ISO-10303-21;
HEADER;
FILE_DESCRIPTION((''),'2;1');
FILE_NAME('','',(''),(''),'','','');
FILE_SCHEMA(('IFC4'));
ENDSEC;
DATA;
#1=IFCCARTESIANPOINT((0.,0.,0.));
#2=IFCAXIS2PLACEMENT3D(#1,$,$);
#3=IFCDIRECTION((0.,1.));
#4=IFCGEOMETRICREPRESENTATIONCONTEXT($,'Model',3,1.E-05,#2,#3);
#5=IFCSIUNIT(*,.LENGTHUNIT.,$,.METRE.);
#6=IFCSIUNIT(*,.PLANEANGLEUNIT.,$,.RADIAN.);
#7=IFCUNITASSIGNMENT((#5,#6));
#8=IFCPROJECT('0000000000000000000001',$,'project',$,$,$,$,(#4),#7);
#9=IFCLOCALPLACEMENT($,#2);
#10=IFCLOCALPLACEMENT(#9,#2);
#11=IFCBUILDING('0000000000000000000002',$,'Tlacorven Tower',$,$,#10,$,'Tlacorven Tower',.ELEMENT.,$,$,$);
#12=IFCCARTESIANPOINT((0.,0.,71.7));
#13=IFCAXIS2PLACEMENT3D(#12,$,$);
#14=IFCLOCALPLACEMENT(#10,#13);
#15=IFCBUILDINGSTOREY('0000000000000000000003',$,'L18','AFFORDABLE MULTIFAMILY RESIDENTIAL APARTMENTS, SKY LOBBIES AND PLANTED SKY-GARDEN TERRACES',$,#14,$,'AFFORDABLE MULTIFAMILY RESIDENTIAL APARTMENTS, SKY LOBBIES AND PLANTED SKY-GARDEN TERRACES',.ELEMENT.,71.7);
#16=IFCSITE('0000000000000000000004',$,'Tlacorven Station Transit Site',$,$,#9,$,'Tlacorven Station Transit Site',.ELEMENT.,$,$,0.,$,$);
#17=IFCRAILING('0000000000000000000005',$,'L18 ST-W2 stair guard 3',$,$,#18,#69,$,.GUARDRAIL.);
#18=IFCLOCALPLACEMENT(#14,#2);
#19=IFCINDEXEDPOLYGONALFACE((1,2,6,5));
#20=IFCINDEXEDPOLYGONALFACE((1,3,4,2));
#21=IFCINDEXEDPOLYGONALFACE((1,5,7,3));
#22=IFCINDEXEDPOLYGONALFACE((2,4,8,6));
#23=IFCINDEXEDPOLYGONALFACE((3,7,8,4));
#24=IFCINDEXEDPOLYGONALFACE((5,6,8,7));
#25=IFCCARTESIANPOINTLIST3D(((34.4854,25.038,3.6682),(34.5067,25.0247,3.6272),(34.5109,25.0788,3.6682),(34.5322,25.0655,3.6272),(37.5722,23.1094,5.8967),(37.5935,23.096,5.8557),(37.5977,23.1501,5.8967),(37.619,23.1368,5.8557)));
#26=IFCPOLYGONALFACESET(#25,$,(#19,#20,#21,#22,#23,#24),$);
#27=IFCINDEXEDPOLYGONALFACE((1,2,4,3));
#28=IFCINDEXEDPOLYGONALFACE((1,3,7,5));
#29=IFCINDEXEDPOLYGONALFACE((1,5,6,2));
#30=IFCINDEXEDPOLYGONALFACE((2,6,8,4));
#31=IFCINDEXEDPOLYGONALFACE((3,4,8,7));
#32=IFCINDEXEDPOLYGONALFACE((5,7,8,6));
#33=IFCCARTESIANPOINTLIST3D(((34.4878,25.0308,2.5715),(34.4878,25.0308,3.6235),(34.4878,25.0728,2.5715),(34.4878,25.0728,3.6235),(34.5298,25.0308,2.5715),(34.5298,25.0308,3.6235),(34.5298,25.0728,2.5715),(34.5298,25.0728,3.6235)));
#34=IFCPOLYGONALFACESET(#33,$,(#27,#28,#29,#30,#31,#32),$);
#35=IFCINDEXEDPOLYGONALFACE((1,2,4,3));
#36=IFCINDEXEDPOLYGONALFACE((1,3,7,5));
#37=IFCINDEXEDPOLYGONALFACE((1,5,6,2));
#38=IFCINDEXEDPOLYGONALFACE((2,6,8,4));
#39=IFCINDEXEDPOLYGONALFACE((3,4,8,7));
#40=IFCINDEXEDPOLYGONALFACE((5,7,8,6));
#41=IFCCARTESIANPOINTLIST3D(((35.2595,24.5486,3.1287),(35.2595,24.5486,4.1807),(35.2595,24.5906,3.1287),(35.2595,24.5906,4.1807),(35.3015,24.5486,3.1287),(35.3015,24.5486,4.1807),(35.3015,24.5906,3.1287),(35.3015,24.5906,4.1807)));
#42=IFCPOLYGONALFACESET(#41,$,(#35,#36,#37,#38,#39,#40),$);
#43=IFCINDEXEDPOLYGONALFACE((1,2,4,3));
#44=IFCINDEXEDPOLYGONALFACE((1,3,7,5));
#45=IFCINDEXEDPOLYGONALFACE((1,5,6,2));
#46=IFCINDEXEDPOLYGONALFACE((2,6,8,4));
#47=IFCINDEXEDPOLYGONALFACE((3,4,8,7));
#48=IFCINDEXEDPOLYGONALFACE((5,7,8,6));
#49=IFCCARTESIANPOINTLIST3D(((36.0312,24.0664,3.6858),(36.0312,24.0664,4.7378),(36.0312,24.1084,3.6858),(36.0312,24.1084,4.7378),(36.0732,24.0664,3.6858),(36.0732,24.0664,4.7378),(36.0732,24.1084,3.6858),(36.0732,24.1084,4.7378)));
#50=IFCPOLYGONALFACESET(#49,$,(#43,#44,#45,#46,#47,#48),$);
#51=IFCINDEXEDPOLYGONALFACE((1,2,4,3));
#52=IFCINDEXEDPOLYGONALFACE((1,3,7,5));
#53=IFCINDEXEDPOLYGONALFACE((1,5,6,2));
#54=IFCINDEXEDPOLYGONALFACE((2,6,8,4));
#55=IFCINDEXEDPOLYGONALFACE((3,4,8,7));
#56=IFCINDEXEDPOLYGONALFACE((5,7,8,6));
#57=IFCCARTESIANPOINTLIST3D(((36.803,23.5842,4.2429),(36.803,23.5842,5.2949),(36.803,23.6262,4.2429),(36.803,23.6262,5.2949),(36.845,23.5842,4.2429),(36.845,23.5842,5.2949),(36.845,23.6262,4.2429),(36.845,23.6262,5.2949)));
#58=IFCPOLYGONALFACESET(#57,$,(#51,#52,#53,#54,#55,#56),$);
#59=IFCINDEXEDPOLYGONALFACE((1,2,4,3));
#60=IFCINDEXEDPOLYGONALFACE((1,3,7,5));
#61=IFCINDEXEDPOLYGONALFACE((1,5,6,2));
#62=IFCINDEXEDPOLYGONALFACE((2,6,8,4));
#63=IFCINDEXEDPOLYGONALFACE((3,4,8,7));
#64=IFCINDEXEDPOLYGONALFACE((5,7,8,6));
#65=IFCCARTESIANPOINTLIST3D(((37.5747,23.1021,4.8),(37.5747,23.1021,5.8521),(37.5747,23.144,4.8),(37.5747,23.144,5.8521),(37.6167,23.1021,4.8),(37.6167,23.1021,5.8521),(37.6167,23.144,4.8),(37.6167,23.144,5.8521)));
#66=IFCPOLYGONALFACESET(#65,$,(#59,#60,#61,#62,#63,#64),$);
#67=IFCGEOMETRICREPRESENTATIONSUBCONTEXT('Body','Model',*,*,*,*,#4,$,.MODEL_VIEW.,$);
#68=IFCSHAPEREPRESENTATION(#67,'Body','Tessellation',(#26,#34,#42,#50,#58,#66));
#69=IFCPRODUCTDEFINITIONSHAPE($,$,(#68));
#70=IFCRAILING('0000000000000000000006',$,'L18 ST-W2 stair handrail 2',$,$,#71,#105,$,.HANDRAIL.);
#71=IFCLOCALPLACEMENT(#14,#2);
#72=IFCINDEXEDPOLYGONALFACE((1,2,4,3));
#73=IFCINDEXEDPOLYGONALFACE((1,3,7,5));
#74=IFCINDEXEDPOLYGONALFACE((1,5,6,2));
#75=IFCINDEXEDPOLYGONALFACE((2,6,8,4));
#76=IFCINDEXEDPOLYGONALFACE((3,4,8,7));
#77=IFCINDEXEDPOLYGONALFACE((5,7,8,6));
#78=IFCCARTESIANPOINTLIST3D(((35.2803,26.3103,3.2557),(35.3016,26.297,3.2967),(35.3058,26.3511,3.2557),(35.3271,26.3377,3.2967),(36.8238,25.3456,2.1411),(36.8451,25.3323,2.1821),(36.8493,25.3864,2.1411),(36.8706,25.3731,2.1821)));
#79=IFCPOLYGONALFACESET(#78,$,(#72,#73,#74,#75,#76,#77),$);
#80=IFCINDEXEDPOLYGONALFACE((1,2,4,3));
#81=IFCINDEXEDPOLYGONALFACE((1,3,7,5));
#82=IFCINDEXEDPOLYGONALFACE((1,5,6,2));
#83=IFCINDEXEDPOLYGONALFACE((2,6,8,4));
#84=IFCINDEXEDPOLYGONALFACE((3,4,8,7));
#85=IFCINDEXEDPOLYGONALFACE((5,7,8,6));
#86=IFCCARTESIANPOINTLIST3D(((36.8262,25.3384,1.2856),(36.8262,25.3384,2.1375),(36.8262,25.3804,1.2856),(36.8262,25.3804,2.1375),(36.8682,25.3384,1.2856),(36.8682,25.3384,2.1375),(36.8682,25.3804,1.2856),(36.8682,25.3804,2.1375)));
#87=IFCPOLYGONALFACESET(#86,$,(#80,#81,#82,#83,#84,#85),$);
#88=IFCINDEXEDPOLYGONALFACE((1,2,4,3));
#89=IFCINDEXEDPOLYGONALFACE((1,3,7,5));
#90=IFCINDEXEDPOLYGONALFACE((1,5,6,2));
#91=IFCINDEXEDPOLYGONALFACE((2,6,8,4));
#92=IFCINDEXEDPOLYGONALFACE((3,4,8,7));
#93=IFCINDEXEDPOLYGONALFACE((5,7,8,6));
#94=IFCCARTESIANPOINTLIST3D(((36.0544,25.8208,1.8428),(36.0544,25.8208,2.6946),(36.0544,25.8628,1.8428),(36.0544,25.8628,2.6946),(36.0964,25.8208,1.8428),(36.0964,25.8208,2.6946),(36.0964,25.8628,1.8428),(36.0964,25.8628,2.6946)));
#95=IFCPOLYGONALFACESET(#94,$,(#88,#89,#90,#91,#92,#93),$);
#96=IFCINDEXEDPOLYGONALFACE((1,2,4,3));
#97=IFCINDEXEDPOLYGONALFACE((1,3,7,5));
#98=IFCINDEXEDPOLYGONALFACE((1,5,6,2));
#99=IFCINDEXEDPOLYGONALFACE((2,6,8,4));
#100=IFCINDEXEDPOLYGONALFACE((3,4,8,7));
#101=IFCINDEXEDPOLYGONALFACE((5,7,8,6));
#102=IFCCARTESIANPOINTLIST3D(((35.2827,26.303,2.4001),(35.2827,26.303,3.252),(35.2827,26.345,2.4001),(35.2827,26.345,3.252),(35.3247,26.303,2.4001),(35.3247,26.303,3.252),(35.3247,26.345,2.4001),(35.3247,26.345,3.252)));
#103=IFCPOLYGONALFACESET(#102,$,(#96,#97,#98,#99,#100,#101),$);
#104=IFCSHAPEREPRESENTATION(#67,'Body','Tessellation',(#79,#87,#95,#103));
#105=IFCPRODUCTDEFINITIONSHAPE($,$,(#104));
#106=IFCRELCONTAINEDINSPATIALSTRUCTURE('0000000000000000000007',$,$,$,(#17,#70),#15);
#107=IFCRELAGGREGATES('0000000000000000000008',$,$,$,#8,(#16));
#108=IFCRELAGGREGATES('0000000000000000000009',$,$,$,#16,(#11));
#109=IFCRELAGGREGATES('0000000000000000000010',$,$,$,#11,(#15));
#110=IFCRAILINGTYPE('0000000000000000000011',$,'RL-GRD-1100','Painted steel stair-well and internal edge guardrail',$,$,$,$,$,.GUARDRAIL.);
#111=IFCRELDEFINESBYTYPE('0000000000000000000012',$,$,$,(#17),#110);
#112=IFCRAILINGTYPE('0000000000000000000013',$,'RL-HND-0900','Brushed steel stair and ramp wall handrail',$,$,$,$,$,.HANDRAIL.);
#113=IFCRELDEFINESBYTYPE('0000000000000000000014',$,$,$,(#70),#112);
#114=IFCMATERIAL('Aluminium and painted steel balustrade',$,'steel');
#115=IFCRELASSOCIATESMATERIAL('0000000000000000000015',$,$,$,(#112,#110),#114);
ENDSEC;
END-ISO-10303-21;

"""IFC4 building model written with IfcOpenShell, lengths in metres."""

from ifc_helpers import new_model, si_unit, direction, frame, origin, origin_2d, place, context, subcontext, project, spatial, rectangle, extrude, source, transform, mapped, material, type_object, element, save


model = new_model("IFC4")

# Units and contexts
model_context = context("Model", 3, precision=1e-05, world=origin(), true_north=direction((0.0, 1.0)))
body_context = subcontext(model_context, "Body", "Model", "MODEL_VIEW")
ifc_project = project(units=[si_unit("LENGTHUNIT", "METRE"), si_unit("PLANEANGLEUNIT", "RADIAN")], contexts=[model_context])

# Site, building, storey
site_placement = place(None, origin())
site = spatial("IfcSite", under=ifc_project, at=site_placement, Name="Tlacorven Station Transit Site", LongName="Tlacorven Station Transit Site", CompositionType="ELEMENT", RefElevation=0.0)
building_placement = place(site_placement, origin())
building = spatial("IfcBuilding", under=site, at=building_placement, Name="Tlacorven Tower", LongName="Tlacorven Tower", CompositionType="ELEMENT")
storey_placement = place(building_placement, frame((0.0, 0.0, 71.7)))
storey = spatial("IfcBuildingStorey", under=building, at=storey_placement, Name="L18", Description="AFFORDABLE MULTIFAMILY RESIDENTIAL APARTMENTS, SKY LOBBIES AND PLANTED SKY-GARDEN TERRACES", LongName="AFFORDABLE MULTIFAMILY RESIDENTIAL APARTMENTS, SKY LOBBIES AND PLANTED SKY-GARDEN TERRACES", CompositionType="ELEMENT", Elevation=71.7)

# Railings
ifc_material_1 = material(Name="Aluminium and painted steel balustrade", Category="steel")
railing_type_1 = type_object("IfcRailingType", Name="RL-HND-0900", Description="Brushed steel stair and ramp wall handrail", PredefinedType="HANDRAIL", material=ifc_material_1)
railing_type_2 = type_object("IfcRailingType", Name="RL-GRD-1100", Description="Painted steel stair-well and internal edge guardrail", PredefinedType="GUARDRAIL", material=ifc_material_1)
shared_shape_1 = source(origin(), body_context, "Body", "SweptSolid", [
    extrude(rectangle(XDim=0.0481, YDim=0.0481, at=origin_2d()), frame((0.0, 0.0, 1.0762), z_axis=(0.723281, -0.451908, 0.522153), x_axis=(0.529878, 0.848074, 0.0)), (0.0, 0.0, 1.0), 4.2678),
    extrude(rectangle(XDim=0.042, YDim=0.042, at=origin_2d()), origin(), (0.0, 0.0, 1.0), 1.052),
    extrude(rectangle(XDim=0.042, YDim=0.042, at=origin_2d()), frame((0.7717, -0.4822, 0.5571)), (0.0, 0.0, 1.0), 1.052),
    extrude(rectangle(XDim=0.042, YDim=0.042, at=origin_2d()), frame((1.5435, -0.9644, 1.1143)), (0.0, 0.0, 1.0), 1.052),
    extrude(rectangle(XDim=0.042, YDim=0.042, at=origin_2d()), frame((2.3152, -1.4465, 1.6714)), (0.0, 0.0, 1.0), 1.052),
    extrude(rectangle(XDim=0.042, YDim=0.042, at=origin_2d()), frame((3.0869, -1.9287, 2.2285)), (0.0, 0.0, 1.0), 1.052),
])
railing_1_placement = place(storey_placement, frame((34.5088, 25.0518, 2.5715)))
element("IfcRailing", 1, at=railing_1_placement, inside=storey, type_object=railing_type_2, Name="L18 ST-W2 stair guard 3", PredefinedType="GUARDRAIL", context=body_context, shape_type="MappedRepresentation", body=[
    mapped(shared_shape_1, transform((0.0, 0.0, 0.0), scale=1.0)),
])
shared_shape_2 = source(origin(), body_context, "Body", "SweptSolid", [
    extrude(rectangle(XDim=0.0481, YDim=0.0481, at=origin_2d()), frame((0.0, 0.0, 0.876), z_axis=(-0.7232, 0.451972, 0.52221), x_axis=(-0.529975, -0.848013, 0.0)), (0.0, 0.0, 1.0), 2.1343),
    extrude(rectangle(XDim=0.042, YDim=0.042, at=origin_2d()), origin(), (0.0, 0.0, 1.0), 0.8518),
    extrude(rectangle(XDim=0.042, YDim=0.042, at=origin_2d()), frame((-0.7717, 0.4824, 0.5571)), (0.0, 0.0, 1.0), 0.8518),
    extrude(rectangle(XDim=0.042, YDim=0.042, at=origin_2d()), frame((-1.5435, 0.9646, 1.1145)), (0.0, 0.0, 1.0), 0.8518),
])
railing_2_placement = place(storey_placement, frame((36.8472, 25.3594, 1.2856)))
element("IfcRailing", 2, at=railing_2_placement, inside=storey, type_object=railing_type_1, Name="L18 ST-W2 stair handrail 2", PredefinedType="HANDRAIL", context=body_context, shape_type="MappedRepresentation", body=[
    mapped(shared_shape_2, transform((0.0, 0.0, 0.0), scale=1.0)),
])

save(model, "model.ifc")
